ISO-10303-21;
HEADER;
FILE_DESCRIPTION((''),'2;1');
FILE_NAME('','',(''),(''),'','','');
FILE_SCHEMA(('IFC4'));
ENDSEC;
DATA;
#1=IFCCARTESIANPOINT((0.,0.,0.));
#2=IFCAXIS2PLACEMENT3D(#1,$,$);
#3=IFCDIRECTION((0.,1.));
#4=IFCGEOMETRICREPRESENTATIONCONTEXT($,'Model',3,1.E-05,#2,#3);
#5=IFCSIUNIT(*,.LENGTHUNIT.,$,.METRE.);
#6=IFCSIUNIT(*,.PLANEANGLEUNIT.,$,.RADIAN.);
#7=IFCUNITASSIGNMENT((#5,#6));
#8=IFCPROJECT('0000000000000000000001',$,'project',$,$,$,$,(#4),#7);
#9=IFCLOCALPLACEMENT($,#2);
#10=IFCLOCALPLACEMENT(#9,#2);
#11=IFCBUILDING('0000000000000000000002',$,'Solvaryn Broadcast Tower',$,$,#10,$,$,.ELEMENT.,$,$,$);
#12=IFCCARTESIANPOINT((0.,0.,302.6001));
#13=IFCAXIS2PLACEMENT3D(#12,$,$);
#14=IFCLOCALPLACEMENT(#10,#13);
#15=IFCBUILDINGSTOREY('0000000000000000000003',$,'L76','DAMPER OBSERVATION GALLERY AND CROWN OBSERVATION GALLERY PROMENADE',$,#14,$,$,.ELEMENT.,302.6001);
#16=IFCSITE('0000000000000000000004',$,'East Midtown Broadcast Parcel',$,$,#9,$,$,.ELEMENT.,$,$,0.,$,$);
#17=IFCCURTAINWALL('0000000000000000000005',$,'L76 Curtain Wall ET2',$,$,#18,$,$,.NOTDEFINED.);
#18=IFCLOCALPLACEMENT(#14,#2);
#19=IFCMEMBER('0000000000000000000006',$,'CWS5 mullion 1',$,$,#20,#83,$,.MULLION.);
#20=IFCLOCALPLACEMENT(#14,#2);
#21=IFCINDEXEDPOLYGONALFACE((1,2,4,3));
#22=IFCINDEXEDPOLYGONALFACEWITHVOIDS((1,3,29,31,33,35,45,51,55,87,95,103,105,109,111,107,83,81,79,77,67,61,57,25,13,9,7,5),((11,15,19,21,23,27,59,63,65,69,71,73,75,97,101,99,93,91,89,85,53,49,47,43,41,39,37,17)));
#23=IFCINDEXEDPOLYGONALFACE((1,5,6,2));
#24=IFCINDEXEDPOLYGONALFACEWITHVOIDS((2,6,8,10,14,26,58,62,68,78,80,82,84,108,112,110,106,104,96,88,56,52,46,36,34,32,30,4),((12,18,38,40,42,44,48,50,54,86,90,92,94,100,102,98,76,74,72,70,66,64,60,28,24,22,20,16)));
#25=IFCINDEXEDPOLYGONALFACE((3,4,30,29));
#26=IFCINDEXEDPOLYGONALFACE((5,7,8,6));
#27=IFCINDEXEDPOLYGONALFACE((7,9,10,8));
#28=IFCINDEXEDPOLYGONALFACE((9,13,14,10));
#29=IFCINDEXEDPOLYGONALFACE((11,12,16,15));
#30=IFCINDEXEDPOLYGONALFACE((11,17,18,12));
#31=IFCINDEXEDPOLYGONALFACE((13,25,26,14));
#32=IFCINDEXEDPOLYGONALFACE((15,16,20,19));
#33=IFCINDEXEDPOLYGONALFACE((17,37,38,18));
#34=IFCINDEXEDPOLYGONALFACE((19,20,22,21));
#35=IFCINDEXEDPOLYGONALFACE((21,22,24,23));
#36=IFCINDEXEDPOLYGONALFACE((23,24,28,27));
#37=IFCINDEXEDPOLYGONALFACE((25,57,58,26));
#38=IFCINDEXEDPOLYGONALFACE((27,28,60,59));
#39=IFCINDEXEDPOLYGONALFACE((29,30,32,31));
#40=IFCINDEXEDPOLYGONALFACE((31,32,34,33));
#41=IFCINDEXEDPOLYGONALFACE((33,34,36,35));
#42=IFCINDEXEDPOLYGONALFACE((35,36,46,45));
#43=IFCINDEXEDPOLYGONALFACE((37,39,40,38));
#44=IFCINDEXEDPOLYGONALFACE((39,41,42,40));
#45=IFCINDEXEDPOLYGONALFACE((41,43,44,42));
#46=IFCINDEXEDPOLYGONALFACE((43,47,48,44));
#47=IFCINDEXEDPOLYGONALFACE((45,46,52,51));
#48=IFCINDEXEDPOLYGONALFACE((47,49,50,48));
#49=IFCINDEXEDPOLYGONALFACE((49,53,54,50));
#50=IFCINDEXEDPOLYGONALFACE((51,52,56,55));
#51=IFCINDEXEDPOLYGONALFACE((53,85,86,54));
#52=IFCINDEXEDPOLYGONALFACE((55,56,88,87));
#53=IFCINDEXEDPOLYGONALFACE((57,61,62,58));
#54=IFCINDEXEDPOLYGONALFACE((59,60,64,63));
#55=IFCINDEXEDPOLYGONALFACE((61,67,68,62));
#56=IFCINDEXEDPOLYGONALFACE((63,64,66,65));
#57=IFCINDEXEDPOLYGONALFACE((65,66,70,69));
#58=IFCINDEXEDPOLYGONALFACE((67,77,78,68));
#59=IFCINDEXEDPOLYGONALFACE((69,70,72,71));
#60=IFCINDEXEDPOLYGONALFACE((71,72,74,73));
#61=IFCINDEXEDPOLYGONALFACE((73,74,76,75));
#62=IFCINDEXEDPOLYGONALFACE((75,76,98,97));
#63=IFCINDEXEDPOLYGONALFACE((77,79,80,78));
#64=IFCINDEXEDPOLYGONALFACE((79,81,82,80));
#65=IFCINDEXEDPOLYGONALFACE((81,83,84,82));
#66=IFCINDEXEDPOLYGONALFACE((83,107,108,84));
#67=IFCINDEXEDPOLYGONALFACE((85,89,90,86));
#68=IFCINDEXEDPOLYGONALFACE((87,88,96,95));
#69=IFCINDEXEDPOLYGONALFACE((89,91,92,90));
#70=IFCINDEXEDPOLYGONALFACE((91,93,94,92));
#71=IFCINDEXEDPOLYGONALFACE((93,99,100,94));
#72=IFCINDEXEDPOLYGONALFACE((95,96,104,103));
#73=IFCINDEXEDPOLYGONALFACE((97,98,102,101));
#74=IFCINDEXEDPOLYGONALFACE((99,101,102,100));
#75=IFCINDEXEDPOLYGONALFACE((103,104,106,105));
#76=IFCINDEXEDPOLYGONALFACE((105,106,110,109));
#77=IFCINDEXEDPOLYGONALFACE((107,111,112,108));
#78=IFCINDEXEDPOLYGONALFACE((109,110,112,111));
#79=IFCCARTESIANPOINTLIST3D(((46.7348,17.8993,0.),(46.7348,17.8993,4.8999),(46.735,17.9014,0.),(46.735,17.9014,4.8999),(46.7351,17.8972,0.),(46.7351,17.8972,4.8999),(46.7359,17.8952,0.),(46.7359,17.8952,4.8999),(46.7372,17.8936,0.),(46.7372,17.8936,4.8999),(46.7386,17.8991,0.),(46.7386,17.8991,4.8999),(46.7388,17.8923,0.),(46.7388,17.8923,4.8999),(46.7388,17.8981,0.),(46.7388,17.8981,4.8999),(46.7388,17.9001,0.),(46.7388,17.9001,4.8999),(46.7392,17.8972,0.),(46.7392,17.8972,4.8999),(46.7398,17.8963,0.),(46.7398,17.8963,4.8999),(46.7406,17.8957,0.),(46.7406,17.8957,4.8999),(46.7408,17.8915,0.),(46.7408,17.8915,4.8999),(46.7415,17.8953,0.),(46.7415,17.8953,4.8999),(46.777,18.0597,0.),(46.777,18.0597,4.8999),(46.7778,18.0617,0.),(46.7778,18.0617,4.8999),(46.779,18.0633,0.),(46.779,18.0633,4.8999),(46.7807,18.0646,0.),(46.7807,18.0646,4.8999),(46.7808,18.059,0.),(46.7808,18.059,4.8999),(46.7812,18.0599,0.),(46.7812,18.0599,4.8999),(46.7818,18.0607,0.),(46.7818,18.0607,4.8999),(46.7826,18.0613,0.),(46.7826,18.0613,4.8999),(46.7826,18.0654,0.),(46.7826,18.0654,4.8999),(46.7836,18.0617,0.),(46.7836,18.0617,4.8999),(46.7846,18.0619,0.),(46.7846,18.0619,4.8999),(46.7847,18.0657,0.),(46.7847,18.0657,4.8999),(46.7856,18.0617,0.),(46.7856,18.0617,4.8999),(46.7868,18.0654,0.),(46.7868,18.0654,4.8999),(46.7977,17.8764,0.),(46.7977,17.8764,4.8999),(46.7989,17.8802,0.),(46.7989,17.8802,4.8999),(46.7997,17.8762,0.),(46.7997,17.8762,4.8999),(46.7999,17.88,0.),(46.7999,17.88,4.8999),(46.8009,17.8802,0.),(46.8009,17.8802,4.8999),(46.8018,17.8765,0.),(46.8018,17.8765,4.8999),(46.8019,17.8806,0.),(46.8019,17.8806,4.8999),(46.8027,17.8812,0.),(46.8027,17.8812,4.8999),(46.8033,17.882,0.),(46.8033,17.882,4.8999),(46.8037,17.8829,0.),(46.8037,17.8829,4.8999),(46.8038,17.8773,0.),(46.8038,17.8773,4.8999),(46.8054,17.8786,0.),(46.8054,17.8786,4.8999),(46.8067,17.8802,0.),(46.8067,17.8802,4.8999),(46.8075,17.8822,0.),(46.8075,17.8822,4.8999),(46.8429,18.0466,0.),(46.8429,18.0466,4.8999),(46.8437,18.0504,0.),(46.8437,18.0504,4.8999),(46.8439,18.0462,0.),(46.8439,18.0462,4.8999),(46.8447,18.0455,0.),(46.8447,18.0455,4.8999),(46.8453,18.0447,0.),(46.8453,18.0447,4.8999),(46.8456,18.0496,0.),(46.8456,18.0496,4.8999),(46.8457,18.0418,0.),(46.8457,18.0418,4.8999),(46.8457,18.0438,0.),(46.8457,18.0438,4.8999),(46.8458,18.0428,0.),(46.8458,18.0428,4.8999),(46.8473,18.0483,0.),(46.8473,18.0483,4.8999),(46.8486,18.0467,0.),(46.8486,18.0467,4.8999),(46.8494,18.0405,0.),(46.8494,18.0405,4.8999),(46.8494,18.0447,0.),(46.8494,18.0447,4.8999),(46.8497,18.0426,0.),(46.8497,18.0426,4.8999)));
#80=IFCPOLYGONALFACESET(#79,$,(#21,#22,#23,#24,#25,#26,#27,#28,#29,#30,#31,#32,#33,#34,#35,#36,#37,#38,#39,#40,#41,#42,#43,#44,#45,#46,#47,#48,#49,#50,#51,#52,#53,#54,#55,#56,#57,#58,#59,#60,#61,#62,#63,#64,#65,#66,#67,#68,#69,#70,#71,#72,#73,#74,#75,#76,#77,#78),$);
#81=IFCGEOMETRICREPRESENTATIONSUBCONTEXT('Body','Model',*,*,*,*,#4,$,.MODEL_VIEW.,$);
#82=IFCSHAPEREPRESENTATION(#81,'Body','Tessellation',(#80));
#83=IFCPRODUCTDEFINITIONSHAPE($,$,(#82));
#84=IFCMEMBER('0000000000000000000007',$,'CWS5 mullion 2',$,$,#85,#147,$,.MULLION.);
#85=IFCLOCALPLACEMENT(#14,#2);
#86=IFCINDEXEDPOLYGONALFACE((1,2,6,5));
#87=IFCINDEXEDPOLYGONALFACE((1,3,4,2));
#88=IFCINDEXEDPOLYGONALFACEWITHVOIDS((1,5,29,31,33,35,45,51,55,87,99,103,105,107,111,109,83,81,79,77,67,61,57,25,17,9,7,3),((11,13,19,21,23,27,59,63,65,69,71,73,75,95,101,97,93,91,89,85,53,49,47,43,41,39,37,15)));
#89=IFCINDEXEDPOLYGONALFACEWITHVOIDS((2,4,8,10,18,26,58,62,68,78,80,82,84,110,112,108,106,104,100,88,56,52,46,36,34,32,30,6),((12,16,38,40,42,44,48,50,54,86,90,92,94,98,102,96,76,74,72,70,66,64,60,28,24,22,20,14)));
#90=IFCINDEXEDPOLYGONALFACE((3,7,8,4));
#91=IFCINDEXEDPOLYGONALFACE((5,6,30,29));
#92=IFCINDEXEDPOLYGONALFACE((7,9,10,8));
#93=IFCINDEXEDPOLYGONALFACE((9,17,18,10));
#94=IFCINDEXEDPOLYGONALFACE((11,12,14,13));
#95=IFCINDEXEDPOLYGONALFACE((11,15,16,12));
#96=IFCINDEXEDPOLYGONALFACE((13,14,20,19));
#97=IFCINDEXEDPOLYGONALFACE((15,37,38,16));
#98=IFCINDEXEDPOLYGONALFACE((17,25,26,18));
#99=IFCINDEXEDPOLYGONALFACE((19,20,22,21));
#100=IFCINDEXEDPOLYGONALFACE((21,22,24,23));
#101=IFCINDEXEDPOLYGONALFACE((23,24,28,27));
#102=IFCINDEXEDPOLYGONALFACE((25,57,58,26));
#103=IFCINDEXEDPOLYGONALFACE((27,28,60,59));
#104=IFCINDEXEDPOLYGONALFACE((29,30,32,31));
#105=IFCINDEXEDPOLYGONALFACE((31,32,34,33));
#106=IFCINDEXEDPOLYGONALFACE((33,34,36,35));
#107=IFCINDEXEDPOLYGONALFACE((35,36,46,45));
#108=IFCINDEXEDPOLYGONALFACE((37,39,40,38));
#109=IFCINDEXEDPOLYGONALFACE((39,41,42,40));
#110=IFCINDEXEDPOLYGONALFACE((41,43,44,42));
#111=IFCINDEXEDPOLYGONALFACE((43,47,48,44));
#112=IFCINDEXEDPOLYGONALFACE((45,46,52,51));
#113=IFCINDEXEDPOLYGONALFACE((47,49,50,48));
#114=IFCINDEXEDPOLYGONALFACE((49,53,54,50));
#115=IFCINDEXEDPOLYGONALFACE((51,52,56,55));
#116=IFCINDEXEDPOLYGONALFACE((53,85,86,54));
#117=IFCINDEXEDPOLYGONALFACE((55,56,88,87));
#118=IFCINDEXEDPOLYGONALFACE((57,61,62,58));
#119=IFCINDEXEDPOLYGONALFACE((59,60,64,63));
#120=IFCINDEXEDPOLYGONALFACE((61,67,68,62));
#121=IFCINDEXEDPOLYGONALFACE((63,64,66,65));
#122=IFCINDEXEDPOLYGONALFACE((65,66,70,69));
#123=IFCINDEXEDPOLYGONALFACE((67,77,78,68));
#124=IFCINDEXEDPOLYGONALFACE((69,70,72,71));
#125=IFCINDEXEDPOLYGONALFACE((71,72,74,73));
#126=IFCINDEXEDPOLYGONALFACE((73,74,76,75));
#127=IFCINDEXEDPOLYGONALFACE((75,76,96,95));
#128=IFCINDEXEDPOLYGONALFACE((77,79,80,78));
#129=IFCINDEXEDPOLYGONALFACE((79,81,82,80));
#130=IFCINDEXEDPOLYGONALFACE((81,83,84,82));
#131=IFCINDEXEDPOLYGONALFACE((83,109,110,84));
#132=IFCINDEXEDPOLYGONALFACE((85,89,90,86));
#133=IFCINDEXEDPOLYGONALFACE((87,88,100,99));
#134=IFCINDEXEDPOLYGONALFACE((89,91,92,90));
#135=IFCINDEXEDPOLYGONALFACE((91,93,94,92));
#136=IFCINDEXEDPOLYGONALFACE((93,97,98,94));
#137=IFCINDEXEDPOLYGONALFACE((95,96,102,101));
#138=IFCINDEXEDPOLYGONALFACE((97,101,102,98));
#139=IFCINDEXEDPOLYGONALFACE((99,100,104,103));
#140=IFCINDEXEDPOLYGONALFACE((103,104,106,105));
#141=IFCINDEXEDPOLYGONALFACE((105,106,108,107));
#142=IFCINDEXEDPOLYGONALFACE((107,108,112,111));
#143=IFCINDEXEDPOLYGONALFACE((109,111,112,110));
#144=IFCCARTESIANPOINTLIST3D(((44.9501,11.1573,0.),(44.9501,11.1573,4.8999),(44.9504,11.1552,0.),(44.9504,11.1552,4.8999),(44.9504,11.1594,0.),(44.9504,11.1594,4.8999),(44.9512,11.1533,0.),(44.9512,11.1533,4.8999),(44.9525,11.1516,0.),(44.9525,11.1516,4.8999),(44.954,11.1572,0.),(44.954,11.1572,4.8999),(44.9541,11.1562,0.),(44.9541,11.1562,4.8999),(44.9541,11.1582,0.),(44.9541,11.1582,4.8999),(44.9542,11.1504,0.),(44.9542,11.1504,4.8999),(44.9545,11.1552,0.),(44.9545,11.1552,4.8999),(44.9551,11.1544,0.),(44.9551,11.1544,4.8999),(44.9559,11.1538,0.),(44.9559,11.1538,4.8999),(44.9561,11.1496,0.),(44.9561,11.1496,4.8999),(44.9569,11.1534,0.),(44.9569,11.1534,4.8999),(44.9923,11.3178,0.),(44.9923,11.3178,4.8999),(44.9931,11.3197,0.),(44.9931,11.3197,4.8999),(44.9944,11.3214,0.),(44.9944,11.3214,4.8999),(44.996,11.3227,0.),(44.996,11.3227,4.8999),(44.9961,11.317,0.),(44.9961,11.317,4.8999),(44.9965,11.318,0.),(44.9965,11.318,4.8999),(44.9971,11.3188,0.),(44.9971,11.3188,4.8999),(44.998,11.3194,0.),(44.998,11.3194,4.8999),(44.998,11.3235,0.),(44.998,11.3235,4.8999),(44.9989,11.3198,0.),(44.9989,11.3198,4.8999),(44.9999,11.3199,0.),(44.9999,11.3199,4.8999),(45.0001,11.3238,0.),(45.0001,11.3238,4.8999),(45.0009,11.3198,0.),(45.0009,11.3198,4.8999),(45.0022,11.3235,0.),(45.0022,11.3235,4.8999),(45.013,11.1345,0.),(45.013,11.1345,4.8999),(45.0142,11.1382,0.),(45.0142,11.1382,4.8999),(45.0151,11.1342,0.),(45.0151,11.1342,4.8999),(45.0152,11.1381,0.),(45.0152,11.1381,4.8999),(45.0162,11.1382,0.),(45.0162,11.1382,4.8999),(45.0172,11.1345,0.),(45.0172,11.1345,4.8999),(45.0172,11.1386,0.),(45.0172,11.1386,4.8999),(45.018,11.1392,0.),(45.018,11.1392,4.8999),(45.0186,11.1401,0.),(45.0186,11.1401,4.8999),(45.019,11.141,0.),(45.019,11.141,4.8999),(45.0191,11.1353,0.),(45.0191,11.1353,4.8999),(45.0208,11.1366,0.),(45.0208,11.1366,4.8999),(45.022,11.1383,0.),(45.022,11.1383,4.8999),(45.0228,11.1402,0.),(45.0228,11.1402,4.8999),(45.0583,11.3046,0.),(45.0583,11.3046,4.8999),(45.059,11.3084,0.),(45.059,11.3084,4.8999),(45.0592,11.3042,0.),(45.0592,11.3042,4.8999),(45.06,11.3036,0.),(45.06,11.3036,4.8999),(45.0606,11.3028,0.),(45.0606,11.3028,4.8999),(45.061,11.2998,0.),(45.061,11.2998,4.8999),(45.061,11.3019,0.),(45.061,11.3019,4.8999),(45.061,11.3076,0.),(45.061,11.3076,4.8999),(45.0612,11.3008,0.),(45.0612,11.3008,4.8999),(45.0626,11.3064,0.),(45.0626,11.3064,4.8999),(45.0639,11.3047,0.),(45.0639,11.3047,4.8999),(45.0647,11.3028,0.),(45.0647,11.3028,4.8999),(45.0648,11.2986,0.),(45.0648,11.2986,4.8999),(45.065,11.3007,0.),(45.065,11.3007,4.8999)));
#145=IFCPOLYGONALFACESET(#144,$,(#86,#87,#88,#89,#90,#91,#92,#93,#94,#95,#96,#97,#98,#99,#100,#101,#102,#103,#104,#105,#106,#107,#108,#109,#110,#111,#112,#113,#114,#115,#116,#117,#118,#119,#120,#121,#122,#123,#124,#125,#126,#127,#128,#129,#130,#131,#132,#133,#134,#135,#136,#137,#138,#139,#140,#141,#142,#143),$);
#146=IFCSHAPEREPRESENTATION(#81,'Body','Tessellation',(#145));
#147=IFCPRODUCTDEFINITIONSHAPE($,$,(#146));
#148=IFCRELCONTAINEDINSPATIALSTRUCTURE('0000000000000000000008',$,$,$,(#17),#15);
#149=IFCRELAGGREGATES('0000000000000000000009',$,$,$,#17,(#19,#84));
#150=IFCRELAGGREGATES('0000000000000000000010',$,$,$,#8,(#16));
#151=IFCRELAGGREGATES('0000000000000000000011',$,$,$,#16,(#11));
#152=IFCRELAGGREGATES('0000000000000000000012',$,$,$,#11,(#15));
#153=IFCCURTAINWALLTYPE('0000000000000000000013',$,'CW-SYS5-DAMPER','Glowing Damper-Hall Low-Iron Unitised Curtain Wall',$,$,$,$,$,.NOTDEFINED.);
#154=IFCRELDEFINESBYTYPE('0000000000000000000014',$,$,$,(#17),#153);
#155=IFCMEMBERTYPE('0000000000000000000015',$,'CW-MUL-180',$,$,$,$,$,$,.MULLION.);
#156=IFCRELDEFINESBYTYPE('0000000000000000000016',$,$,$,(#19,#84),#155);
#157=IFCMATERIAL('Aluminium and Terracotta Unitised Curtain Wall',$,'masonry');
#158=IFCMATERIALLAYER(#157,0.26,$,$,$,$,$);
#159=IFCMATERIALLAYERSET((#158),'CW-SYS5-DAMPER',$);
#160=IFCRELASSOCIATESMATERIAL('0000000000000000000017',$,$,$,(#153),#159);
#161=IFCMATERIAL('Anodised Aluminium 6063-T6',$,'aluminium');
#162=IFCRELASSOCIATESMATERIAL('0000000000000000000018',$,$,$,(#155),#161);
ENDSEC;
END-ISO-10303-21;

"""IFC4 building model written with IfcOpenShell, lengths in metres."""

from ifc_helpers import new_model, si_unit, direction, frame, origin, origin_2d, place, context, subcontext, project, spatial, hollow_rectangle, extrude, material, layer, layer_set, material_profile, profile_set, type_object, element, aggregate, save


model = new_model("IFC4")

# Units and contexts
model_context = context("Model", 3, precision=1e-05, world=origin(), true_north=direction((0.0, 1.0)))
body_context = subcontext(model_context, "Body", "Model", "MODEL_VIEW")
ifc_project = project(units=[si_unit("LENGTHUNIT", "METRE"), si_unit("PLANEANGLEUNIT", "RADIAN")], contexts=[model_context])

# Site, building, storey
site_placement = place(None, origin())
site = spatial("IfcSite", under=ifc_project, at=site_placement, Name="East Midtown Broadcast Parcel", CompositionType="ELEMENT", RefElevation=0.0)
building_placement = place(site_placement, origin())
building = spatial("IfcBuilding", under=site, at=building_placement, Name="Solvaryn Broadcast Tower", CompositionType="ELEMENT")
storey_placement = place(building_placement, frame((0.0, 0.0, 302.6001)))
storey = spatial("IfcBuildingStorey", under=building, at=storey_placement, Name="L76", Description="DAMPER OBSERVATION GALLERY AND CROWN OBSERVATION GALLERY PROMENADE", CompositionType="ELEMENT", Elevation=302.6001)

# Shared definitions
ifc_material_1 = material(Name="Aluminium and Terracotta Unitised Curtain Wall", Category="masonry")
ifc_layer_1 = layer(ifc_material_1, 0.26)
ifc_layer_set_1 = layer_set([ifc_layer_1], Name="CW-SYS5-DAMPER")
curtain_wall_type = type_object("IfcCurtainWallType", Name="CW-SYS5-DAMPER", Description="Glowing Damper-Hall Low-Iron Unitised Curtain Wall", PredefinedType="NOTDEFINED", material=ifc_layer_set_1)
ifc_material_2 = material(Name="Anodised Aluminium 6063-T6", Category="aluminium")
ifc_material_profile_1 = material_profile(ifc_material_2, hollow_rectangle(XDim=0.075, YDim=0.1799, WallThickness=0.0039, InnerFilletRadius=0.0039, OuterFilletRadius=0.0081, at=origin_2d()))
ifc_profile_set_1 = profile_set([ifc_material_profile_1], Name="Anodised Aluminium 6063-T6")
member_type_1 = type_object("IfcMemberType", Name="CW-MUL-180", PredefinedType="MULLION", material=ifc_profile_set_1)

# Curtain wall, members
curtain_wall_1_placement = place(storey_placement, origin())
curtain_wall_1 = element("IfcCurtainWall", 1, at=curtain_wall_1_placement, inside=storey, type_object=curtain_wall_type, Name="L76 Curtain Wall ET2", PredefinedType="NOTDEFINED")
member_1_placement = place(storey_placement, frame((46.7922, 17.9709, 0.0), z_axis=(0.0, 0.0, 1.0), x_axis=(0.966705, -0.255893, 0.0)))
member_1 = element("IfcMember", 2, at=member_1_placement, type_object=member_type_1, Name="CWS5 mullion 1", PredefinedType="MULLION", context=body_context, shape_type="SweptSolid", body=[
    extrude(hollow_rectangle(XDim=0.075, YDim=0.1799, WallThickness=0.0039, InnerFilletRadius=0.0039, OuterFilletRadius=0.0081, at=origin_2d()), origin(), (0.0, 0.0, 1.0), 4.8999),
])
member_2_placement = place(storey_placement, frame((45.0076, 11.229, 0.0), z_axis=(0.0, 0.0, 1.0), x_axis=(0.966705, -0.255893, 0.0)))
member_2 = element("IfcMember", 3, at=member_2_placement, type_object=member_type_1, Name="CWS5 mullion 2", PredefinedType="MULLION", context=body_context, shape_type="SweptSolid", body=[
    extrude(hollow_rectangle(XDim=0.075, YDim=0.1799, WallThickness=0.0039, InnerFilletRadius=0.0039, OuterFilletRadius=0.0081, at=origin_2d()), origin(), (0.0, 0.0, 1.0), 4.8999),
])

aggregate(curtain_wall_1, [member_1, member_2])

save(model, "model.ifc")
